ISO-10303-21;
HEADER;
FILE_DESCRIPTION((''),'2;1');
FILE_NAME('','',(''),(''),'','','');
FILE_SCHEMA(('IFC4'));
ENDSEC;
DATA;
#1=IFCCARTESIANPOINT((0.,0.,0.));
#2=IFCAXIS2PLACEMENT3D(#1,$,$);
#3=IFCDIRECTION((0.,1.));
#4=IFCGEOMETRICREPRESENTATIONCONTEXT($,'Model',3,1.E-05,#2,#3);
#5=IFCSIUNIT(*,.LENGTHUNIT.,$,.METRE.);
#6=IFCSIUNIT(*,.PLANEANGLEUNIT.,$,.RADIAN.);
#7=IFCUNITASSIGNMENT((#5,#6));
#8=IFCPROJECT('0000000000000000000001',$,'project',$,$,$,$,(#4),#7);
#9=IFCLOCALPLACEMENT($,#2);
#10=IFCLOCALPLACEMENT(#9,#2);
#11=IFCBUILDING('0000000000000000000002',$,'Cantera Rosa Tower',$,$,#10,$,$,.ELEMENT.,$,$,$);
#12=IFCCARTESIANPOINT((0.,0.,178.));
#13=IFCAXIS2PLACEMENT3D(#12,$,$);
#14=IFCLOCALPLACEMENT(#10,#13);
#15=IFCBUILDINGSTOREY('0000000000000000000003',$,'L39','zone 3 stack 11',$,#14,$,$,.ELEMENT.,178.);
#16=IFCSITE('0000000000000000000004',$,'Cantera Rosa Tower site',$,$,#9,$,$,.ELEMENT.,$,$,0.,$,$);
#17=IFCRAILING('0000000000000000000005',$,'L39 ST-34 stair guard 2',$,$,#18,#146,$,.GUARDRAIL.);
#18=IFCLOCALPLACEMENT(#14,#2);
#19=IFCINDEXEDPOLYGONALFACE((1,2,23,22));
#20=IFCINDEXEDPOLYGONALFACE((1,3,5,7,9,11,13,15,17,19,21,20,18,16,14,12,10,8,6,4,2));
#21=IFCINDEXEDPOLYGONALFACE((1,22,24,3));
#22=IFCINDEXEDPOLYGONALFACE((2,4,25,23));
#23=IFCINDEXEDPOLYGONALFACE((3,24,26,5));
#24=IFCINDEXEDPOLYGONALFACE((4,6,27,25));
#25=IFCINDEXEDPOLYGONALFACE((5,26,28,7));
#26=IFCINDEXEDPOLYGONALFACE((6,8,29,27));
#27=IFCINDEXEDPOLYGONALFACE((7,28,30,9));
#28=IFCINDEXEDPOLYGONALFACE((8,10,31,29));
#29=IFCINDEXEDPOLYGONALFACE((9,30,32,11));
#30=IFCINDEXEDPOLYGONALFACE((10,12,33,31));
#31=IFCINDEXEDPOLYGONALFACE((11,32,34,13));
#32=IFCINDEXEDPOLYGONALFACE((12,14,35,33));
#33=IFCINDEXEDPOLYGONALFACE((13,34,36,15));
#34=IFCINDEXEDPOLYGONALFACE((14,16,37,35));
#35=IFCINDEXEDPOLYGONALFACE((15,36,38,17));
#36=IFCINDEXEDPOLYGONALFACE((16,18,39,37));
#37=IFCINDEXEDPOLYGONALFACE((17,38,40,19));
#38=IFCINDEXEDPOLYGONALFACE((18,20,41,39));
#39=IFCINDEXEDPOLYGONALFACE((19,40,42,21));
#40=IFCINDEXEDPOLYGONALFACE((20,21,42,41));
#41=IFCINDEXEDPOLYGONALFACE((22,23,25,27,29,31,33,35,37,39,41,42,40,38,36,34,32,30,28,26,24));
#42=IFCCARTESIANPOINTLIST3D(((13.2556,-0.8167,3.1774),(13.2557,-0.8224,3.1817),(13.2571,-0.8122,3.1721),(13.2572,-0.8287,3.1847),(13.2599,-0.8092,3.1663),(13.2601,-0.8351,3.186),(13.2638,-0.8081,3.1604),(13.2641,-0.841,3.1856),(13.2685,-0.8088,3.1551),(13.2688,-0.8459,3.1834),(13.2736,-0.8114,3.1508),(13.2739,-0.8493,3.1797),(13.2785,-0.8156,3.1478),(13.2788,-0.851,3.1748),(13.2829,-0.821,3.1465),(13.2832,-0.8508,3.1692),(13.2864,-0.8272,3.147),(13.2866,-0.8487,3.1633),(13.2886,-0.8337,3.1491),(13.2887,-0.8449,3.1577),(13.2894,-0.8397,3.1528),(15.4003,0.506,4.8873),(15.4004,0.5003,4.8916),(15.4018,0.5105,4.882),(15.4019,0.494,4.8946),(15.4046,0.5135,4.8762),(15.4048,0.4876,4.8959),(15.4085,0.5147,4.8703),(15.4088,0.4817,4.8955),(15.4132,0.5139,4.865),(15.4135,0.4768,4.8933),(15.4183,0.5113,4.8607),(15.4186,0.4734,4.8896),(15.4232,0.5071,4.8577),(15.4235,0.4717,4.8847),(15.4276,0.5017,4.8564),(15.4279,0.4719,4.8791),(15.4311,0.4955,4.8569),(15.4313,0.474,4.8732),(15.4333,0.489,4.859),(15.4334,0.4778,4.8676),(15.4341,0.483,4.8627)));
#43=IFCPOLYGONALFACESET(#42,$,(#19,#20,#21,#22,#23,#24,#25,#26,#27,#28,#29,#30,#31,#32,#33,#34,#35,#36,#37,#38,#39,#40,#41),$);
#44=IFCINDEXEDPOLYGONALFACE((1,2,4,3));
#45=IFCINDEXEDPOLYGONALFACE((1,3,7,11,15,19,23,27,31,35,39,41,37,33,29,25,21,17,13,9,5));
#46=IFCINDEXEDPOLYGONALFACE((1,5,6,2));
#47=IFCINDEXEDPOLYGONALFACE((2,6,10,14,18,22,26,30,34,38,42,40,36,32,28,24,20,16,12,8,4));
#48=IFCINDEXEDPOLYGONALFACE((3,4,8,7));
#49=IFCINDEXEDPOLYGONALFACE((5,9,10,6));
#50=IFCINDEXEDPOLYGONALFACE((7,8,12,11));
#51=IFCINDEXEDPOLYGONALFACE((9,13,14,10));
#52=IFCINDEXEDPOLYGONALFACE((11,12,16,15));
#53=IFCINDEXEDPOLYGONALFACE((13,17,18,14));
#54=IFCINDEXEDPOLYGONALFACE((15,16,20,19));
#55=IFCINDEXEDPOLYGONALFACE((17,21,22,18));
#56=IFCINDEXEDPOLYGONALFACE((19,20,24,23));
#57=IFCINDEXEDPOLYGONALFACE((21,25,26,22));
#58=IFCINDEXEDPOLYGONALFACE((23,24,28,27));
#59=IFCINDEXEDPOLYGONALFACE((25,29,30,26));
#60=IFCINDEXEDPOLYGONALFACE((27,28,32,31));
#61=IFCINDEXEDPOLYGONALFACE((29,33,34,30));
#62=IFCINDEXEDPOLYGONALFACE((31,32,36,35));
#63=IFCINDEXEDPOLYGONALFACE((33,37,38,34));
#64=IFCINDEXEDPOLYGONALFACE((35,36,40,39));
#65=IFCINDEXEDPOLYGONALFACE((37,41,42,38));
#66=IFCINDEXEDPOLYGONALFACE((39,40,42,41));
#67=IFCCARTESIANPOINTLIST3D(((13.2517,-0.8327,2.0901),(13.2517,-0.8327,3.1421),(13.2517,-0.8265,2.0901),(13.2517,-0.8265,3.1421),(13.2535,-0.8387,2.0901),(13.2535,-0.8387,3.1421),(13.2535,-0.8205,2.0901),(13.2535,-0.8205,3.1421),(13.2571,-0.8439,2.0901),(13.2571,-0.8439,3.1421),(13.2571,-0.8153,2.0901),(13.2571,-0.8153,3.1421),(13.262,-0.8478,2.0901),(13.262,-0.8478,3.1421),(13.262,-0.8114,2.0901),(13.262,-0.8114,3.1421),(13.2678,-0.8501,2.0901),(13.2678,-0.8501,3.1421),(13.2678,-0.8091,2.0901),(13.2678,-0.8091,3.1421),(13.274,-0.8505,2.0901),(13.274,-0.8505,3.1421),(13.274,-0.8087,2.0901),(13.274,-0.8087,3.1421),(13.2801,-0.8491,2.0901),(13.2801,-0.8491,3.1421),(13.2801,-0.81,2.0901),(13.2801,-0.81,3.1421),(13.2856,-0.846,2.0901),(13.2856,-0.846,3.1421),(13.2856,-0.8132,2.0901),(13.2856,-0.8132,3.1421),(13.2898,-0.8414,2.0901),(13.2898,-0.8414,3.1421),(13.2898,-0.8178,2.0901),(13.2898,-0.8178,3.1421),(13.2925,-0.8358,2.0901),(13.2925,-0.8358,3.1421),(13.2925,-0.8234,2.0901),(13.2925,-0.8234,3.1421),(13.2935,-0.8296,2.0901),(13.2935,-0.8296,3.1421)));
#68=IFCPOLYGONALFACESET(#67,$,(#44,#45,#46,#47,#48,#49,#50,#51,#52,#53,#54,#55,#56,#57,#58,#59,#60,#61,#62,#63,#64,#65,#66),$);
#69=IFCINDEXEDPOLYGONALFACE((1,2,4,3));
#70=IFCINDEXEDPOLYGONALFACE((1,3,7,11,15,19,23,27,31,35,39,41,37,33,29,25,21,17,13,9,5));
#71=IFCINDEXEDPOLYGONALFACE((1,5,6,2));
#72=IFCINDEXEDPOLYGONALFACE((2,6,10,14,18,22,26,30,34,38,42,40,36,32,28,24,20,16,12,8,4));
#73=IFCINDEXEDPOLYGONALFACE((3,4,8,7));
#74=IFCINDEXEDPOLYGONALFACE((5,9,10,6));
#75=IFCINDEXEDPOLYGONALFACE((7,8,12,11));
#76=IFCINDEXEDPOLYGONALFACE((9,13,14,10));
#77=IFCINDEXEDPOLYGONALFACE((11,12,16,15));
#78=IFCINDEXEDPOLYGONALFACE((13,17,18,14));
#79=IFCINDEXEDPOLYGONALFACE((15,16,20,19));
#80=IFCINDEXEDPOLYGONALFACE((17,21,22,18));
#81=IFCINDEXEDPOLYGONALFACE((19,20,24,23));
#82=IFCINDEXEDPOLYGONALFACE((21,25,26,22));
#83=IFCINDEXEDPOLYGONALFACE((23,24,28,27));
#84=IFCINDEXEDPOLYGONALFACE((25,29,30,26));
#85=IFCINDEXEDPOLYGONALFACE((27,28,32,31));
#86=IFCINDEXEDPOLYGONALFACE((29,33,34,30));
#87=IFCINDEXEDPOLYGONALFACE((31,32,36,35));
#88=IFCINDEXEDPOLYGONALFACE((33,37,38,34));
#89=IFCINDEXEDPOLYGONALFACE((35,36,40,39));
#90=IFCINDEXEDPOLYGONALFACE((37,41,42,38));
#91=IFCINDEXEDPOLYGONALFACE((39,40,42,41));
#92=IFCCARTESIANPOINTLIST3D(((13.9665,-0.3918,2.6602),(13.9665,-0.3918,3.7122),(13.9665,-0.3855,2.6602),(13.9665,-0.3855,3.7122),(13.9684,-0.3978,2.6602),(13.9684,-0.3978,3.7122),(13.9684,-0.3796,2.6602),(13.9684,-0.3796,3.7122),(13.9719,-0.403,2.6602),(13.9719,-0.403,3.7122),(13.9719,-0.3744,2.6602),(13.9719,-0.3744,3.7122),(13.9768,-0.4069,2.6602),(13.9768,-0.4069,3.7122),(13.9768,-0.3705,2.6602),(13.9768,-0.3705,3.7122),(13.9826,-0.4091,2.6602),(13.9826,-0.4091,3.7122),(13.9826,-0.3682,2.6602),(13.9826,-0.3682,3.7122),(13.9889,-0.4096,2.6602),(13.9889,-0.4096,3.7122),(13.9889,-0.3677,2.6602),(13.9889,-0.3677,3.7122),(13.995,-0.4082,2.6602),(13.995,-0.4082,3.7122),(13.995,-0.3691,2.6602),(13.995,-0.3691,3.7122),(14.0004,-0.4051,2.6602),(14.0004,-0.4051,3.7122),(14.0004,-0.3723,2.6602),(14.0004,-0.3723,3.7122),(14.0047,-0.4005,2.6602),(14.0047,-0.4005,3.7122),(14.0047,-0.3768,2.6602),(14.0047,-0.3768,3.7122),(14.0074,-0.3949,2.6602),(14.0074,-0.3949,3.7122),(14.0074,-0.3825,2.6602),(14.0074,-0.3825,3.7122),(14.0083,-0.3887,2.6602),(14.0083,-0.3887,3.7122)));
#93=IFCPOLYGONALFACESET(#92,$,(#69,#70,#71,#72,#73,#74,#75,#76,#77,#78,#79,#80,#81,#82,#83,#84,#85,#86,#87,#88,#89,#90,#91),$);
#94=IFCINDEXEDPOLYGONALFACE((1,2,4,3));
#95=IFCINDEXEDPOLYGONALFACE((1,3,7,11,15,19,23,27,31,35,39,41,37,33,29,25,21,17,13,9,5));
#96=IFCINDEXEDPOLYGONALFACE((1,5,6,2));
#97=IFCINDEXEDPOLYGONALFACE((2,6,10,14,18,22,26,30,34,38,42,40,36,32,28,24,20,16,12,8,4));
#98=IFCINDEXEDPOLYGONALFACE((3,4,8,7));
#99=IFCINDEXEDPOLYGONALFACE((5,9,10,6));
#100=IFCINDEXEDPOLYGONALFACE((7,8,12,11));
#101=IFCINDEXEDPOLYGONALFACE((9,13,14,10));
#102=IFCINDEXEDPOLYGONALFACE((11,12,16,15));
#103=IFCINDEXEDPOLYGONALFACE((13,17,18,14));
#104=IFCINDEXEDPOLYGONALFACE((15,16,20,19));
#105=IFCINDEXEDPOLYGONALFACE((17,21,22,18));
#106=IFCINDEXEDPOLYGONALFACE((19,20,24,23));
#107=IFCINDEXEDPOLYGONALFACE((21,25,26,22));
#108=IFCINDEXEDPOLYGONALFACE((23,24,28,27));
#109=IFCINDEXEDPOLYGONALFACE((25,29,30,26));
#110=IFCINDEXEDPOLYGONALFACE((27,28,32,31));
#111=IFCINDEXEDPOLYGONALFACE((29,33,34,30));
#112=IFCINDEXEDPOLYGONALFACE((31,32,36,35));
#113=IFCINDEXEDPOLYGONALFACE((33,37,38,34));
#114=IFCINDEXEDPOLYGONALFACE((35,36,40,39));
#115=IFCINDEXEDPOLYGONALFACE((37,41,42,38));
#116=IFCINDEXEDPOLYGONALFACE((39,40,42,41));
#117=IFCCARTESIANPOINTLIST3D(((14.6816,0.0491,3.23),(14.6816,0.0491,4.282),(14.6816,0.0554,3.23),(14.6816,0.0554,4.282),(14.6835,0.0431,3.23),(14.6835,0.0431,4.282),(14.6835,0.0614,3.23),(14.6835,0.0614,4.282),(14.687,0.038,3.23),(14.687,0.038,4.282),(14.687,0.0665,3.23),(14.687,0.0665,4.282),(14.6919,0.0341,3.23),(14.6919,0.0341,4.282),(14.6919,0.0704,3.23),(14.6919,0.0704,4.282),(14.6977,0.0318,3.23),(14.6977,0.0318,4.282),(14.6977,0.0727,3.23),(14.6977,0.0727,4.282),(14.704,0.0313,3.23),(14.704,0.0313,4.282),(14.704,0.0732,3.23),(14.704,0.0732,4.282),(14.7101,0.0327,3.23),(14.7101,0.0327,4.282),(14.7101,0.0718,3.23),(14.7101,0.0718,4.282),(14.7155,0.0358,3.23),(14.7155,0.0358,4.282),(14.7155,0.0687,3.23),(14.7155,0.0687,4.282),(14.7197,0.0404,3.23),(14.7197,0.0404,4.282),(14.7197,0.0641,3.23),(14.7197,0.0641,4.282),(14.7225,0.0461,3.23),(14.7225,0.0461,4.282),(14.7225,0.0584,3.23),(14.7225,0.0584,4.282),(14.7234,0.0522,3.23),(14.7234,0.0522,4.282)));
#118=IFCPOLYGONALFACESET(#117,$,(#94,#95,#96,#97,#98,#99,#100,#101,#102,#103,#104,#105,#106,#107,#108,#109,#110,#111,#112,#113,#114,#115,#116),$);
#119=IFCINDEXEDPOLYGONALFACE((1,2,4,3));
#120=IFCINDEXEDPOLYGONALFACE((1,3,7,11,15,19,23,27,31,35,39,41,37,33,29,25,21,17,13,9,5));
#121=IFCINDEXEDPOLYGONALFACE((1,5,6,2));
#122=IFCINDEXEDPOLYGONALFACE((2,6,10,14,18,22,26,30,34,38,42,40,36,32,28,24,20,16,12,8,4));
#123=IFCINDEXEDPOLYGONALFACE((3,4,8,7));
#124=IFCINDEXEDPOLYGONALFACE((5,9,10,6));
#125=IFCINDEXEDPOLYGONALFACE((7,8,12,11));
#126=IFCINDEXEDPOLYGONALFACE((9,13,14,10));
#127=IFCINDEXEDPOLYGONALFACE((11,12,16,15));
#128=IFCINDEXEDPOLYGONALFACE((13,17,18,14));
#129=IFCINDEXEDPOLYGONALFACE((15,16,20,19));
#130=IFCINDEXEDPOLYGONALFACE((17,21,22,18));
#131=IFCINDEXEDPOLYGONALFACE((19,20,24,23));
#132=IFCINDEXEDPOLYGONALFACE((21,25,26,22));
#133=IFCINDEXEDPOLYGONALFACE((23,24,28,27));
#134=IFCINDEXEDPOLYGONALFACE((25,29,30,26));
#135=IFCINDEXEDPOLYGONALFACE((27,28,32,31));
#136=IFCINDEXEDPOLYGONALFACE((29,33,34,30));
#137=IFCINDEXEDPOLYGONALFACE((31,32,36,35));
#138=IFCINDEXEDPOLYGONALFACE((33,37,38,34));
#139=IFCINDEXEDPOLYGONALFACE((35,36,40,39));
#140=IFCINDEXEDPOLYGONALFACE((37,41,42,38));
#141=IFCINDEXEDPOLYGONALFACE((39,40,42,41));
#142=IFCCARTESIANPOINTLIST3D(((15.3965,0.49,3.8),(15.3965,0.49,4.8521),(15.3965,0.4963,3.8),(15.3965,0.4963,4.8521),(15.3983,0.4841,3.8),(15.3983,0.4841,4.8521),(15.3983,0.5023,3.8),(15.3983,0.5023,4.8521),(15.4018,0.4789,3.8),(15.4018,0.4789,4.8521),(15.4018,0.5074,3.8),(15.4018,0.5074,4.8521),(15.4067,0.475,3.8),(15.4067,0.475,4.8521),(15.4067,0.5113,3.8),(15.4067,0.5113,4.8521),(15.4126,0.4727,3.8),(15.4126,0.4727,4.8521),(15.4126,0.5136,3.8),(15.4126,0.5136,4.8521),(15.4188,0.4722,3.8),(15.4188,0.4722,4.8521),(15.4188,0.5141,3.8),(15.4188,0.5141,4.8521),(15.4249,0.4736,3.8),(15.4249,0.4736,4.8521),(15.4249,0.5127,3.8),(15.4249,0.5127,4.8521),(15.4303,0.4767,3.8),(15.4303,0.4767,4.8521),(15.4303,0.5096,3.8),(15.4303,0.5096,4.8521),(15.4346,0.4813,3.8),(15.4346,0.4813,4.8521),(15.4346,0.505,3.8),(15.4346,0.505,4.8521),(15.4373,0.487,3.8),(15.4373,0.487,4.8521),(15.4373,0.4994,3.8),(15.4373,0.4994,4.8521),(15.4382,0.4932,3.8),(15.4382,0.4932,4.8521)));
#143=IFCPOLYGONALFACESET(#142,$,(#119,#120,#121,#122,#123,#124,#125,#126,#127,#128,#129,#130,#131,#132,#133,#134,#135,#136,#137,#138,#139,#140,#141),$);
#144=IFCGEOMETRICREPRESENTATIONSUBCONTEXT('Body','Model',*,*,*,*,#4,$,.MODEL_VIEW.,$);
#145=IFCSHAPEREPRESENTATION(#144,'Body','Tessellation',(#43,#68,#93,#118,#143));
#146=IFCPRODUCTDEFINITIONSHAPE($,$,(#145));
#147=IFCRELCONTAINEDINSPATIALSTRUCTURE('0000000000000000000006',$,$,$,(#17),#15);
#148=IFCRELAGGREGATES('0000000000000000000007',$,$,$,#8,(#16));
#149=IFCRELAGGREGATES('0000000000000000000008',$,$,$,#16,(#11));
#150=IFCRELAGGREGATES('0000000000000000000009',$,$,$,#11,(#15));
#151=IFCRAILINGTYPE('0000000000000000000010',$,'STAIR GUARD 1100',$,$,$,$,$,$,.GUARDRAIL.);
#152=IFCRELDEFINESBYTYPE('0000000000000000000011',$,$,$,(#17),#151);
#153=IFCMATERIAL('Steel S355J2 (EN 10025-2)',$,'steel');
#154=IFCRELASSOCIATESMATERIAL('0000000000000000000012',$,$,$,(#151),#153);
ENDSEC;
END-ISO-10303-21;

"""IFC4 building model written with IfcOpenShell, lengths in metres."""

from ifc_helpers import new_model, si_unit, direction, frame, origin, origin_2d, place, context, subcontext, project, spatial, circle, extrude, material, type_object, element, save


model = new_model("IFC4")

# Units and contexts
model_context = context("Model", 3, precision=1e-05, world=origin(), true_north=direction((0.0, 1.0)))
body_context = subcontext(model_context, "Body", "Model", "MODEL_VIEW")
ifc_project = project(units=[si_unit("LENGTHUNIT", "METRE"), si_unit("PLANEANGLEUNIT", "RADIAN")], contexts=[model_context])

# Site, building, storey
site_placement = place(None, origin())
site = spatial("IfcSite", under=ifc_project, at=site_placement, Name="Cantera Rosa Tower site", CompositionType="ELEMENT", RefElevation=0.0)
building_placement = place(site_placement, origin())
building = spatial("IfcBuilding", under=site, at=building_placement, Name="Cantera Rosa Tower", CompositionType="ELEMENT")
storey_placement = place(building_placement, frame((0.0, 0.0, 178.0)))
storey = spatial("IfcBuildingStorey", under=building, at=storey_placement, Name="L39", Description="zone 3 stack 11", CompositionType="ELEMENT", Elevation=178.0)

# Railing
ifc_material_1 = material(Name="Steel S355J2 (EN 10025-2)", Category="steel")
railing_type_1 = type_object("IfcRailingType", Name="STAIR GUARD 1100", PredefinedType="GUARDRAIL", material=ifc_material_1)
railing_1_placement = place(storey_placement, frame((13.2725, -0.8296, 2.0901)))
element("IfcRailing", 1, at=railing_1_placement, inside=storey, type_object=railing_type_1, Name="L39 ST-34 stair guard 2", PredefinedType="GUARDRAIL", context=body_context, shape_type="SweptSolid", body=[
    extrude(circle(Radius=0.0239, at=origin_2d()), frame((0.0, 0.0, 1.0762), z_axis=(0.704296, 0.434363, 0.561513), x_axis=(-0.52493, 0.851146, 0.0)), (0.0, 0.0, 1.0), 3.0452),
    extrude(circle(Radius=0.021, at=origin_2d()), origin(), (0.0, 0.0, 1.0), 1.052),
    extrude(circle(Radius=0.021, at=origin_2d()), frame((0.7148, 0.4409, 0.5701)), (0.0, 0.0, 1.0), 1.052),
    extrude(circle(Radius=0.021, at=origin_2d()), frame((1.4299, 0.8818, 1.1399)), (0.0, 0.0, 1.0), 1.052),
    extrude(circle(Radius=0.021, at=origin_2d()), frame((2.1448, 1.3228, 1.71)), (0.0, 0.0, 1.0), 1.052),
])

save(model, "model.ifc")
